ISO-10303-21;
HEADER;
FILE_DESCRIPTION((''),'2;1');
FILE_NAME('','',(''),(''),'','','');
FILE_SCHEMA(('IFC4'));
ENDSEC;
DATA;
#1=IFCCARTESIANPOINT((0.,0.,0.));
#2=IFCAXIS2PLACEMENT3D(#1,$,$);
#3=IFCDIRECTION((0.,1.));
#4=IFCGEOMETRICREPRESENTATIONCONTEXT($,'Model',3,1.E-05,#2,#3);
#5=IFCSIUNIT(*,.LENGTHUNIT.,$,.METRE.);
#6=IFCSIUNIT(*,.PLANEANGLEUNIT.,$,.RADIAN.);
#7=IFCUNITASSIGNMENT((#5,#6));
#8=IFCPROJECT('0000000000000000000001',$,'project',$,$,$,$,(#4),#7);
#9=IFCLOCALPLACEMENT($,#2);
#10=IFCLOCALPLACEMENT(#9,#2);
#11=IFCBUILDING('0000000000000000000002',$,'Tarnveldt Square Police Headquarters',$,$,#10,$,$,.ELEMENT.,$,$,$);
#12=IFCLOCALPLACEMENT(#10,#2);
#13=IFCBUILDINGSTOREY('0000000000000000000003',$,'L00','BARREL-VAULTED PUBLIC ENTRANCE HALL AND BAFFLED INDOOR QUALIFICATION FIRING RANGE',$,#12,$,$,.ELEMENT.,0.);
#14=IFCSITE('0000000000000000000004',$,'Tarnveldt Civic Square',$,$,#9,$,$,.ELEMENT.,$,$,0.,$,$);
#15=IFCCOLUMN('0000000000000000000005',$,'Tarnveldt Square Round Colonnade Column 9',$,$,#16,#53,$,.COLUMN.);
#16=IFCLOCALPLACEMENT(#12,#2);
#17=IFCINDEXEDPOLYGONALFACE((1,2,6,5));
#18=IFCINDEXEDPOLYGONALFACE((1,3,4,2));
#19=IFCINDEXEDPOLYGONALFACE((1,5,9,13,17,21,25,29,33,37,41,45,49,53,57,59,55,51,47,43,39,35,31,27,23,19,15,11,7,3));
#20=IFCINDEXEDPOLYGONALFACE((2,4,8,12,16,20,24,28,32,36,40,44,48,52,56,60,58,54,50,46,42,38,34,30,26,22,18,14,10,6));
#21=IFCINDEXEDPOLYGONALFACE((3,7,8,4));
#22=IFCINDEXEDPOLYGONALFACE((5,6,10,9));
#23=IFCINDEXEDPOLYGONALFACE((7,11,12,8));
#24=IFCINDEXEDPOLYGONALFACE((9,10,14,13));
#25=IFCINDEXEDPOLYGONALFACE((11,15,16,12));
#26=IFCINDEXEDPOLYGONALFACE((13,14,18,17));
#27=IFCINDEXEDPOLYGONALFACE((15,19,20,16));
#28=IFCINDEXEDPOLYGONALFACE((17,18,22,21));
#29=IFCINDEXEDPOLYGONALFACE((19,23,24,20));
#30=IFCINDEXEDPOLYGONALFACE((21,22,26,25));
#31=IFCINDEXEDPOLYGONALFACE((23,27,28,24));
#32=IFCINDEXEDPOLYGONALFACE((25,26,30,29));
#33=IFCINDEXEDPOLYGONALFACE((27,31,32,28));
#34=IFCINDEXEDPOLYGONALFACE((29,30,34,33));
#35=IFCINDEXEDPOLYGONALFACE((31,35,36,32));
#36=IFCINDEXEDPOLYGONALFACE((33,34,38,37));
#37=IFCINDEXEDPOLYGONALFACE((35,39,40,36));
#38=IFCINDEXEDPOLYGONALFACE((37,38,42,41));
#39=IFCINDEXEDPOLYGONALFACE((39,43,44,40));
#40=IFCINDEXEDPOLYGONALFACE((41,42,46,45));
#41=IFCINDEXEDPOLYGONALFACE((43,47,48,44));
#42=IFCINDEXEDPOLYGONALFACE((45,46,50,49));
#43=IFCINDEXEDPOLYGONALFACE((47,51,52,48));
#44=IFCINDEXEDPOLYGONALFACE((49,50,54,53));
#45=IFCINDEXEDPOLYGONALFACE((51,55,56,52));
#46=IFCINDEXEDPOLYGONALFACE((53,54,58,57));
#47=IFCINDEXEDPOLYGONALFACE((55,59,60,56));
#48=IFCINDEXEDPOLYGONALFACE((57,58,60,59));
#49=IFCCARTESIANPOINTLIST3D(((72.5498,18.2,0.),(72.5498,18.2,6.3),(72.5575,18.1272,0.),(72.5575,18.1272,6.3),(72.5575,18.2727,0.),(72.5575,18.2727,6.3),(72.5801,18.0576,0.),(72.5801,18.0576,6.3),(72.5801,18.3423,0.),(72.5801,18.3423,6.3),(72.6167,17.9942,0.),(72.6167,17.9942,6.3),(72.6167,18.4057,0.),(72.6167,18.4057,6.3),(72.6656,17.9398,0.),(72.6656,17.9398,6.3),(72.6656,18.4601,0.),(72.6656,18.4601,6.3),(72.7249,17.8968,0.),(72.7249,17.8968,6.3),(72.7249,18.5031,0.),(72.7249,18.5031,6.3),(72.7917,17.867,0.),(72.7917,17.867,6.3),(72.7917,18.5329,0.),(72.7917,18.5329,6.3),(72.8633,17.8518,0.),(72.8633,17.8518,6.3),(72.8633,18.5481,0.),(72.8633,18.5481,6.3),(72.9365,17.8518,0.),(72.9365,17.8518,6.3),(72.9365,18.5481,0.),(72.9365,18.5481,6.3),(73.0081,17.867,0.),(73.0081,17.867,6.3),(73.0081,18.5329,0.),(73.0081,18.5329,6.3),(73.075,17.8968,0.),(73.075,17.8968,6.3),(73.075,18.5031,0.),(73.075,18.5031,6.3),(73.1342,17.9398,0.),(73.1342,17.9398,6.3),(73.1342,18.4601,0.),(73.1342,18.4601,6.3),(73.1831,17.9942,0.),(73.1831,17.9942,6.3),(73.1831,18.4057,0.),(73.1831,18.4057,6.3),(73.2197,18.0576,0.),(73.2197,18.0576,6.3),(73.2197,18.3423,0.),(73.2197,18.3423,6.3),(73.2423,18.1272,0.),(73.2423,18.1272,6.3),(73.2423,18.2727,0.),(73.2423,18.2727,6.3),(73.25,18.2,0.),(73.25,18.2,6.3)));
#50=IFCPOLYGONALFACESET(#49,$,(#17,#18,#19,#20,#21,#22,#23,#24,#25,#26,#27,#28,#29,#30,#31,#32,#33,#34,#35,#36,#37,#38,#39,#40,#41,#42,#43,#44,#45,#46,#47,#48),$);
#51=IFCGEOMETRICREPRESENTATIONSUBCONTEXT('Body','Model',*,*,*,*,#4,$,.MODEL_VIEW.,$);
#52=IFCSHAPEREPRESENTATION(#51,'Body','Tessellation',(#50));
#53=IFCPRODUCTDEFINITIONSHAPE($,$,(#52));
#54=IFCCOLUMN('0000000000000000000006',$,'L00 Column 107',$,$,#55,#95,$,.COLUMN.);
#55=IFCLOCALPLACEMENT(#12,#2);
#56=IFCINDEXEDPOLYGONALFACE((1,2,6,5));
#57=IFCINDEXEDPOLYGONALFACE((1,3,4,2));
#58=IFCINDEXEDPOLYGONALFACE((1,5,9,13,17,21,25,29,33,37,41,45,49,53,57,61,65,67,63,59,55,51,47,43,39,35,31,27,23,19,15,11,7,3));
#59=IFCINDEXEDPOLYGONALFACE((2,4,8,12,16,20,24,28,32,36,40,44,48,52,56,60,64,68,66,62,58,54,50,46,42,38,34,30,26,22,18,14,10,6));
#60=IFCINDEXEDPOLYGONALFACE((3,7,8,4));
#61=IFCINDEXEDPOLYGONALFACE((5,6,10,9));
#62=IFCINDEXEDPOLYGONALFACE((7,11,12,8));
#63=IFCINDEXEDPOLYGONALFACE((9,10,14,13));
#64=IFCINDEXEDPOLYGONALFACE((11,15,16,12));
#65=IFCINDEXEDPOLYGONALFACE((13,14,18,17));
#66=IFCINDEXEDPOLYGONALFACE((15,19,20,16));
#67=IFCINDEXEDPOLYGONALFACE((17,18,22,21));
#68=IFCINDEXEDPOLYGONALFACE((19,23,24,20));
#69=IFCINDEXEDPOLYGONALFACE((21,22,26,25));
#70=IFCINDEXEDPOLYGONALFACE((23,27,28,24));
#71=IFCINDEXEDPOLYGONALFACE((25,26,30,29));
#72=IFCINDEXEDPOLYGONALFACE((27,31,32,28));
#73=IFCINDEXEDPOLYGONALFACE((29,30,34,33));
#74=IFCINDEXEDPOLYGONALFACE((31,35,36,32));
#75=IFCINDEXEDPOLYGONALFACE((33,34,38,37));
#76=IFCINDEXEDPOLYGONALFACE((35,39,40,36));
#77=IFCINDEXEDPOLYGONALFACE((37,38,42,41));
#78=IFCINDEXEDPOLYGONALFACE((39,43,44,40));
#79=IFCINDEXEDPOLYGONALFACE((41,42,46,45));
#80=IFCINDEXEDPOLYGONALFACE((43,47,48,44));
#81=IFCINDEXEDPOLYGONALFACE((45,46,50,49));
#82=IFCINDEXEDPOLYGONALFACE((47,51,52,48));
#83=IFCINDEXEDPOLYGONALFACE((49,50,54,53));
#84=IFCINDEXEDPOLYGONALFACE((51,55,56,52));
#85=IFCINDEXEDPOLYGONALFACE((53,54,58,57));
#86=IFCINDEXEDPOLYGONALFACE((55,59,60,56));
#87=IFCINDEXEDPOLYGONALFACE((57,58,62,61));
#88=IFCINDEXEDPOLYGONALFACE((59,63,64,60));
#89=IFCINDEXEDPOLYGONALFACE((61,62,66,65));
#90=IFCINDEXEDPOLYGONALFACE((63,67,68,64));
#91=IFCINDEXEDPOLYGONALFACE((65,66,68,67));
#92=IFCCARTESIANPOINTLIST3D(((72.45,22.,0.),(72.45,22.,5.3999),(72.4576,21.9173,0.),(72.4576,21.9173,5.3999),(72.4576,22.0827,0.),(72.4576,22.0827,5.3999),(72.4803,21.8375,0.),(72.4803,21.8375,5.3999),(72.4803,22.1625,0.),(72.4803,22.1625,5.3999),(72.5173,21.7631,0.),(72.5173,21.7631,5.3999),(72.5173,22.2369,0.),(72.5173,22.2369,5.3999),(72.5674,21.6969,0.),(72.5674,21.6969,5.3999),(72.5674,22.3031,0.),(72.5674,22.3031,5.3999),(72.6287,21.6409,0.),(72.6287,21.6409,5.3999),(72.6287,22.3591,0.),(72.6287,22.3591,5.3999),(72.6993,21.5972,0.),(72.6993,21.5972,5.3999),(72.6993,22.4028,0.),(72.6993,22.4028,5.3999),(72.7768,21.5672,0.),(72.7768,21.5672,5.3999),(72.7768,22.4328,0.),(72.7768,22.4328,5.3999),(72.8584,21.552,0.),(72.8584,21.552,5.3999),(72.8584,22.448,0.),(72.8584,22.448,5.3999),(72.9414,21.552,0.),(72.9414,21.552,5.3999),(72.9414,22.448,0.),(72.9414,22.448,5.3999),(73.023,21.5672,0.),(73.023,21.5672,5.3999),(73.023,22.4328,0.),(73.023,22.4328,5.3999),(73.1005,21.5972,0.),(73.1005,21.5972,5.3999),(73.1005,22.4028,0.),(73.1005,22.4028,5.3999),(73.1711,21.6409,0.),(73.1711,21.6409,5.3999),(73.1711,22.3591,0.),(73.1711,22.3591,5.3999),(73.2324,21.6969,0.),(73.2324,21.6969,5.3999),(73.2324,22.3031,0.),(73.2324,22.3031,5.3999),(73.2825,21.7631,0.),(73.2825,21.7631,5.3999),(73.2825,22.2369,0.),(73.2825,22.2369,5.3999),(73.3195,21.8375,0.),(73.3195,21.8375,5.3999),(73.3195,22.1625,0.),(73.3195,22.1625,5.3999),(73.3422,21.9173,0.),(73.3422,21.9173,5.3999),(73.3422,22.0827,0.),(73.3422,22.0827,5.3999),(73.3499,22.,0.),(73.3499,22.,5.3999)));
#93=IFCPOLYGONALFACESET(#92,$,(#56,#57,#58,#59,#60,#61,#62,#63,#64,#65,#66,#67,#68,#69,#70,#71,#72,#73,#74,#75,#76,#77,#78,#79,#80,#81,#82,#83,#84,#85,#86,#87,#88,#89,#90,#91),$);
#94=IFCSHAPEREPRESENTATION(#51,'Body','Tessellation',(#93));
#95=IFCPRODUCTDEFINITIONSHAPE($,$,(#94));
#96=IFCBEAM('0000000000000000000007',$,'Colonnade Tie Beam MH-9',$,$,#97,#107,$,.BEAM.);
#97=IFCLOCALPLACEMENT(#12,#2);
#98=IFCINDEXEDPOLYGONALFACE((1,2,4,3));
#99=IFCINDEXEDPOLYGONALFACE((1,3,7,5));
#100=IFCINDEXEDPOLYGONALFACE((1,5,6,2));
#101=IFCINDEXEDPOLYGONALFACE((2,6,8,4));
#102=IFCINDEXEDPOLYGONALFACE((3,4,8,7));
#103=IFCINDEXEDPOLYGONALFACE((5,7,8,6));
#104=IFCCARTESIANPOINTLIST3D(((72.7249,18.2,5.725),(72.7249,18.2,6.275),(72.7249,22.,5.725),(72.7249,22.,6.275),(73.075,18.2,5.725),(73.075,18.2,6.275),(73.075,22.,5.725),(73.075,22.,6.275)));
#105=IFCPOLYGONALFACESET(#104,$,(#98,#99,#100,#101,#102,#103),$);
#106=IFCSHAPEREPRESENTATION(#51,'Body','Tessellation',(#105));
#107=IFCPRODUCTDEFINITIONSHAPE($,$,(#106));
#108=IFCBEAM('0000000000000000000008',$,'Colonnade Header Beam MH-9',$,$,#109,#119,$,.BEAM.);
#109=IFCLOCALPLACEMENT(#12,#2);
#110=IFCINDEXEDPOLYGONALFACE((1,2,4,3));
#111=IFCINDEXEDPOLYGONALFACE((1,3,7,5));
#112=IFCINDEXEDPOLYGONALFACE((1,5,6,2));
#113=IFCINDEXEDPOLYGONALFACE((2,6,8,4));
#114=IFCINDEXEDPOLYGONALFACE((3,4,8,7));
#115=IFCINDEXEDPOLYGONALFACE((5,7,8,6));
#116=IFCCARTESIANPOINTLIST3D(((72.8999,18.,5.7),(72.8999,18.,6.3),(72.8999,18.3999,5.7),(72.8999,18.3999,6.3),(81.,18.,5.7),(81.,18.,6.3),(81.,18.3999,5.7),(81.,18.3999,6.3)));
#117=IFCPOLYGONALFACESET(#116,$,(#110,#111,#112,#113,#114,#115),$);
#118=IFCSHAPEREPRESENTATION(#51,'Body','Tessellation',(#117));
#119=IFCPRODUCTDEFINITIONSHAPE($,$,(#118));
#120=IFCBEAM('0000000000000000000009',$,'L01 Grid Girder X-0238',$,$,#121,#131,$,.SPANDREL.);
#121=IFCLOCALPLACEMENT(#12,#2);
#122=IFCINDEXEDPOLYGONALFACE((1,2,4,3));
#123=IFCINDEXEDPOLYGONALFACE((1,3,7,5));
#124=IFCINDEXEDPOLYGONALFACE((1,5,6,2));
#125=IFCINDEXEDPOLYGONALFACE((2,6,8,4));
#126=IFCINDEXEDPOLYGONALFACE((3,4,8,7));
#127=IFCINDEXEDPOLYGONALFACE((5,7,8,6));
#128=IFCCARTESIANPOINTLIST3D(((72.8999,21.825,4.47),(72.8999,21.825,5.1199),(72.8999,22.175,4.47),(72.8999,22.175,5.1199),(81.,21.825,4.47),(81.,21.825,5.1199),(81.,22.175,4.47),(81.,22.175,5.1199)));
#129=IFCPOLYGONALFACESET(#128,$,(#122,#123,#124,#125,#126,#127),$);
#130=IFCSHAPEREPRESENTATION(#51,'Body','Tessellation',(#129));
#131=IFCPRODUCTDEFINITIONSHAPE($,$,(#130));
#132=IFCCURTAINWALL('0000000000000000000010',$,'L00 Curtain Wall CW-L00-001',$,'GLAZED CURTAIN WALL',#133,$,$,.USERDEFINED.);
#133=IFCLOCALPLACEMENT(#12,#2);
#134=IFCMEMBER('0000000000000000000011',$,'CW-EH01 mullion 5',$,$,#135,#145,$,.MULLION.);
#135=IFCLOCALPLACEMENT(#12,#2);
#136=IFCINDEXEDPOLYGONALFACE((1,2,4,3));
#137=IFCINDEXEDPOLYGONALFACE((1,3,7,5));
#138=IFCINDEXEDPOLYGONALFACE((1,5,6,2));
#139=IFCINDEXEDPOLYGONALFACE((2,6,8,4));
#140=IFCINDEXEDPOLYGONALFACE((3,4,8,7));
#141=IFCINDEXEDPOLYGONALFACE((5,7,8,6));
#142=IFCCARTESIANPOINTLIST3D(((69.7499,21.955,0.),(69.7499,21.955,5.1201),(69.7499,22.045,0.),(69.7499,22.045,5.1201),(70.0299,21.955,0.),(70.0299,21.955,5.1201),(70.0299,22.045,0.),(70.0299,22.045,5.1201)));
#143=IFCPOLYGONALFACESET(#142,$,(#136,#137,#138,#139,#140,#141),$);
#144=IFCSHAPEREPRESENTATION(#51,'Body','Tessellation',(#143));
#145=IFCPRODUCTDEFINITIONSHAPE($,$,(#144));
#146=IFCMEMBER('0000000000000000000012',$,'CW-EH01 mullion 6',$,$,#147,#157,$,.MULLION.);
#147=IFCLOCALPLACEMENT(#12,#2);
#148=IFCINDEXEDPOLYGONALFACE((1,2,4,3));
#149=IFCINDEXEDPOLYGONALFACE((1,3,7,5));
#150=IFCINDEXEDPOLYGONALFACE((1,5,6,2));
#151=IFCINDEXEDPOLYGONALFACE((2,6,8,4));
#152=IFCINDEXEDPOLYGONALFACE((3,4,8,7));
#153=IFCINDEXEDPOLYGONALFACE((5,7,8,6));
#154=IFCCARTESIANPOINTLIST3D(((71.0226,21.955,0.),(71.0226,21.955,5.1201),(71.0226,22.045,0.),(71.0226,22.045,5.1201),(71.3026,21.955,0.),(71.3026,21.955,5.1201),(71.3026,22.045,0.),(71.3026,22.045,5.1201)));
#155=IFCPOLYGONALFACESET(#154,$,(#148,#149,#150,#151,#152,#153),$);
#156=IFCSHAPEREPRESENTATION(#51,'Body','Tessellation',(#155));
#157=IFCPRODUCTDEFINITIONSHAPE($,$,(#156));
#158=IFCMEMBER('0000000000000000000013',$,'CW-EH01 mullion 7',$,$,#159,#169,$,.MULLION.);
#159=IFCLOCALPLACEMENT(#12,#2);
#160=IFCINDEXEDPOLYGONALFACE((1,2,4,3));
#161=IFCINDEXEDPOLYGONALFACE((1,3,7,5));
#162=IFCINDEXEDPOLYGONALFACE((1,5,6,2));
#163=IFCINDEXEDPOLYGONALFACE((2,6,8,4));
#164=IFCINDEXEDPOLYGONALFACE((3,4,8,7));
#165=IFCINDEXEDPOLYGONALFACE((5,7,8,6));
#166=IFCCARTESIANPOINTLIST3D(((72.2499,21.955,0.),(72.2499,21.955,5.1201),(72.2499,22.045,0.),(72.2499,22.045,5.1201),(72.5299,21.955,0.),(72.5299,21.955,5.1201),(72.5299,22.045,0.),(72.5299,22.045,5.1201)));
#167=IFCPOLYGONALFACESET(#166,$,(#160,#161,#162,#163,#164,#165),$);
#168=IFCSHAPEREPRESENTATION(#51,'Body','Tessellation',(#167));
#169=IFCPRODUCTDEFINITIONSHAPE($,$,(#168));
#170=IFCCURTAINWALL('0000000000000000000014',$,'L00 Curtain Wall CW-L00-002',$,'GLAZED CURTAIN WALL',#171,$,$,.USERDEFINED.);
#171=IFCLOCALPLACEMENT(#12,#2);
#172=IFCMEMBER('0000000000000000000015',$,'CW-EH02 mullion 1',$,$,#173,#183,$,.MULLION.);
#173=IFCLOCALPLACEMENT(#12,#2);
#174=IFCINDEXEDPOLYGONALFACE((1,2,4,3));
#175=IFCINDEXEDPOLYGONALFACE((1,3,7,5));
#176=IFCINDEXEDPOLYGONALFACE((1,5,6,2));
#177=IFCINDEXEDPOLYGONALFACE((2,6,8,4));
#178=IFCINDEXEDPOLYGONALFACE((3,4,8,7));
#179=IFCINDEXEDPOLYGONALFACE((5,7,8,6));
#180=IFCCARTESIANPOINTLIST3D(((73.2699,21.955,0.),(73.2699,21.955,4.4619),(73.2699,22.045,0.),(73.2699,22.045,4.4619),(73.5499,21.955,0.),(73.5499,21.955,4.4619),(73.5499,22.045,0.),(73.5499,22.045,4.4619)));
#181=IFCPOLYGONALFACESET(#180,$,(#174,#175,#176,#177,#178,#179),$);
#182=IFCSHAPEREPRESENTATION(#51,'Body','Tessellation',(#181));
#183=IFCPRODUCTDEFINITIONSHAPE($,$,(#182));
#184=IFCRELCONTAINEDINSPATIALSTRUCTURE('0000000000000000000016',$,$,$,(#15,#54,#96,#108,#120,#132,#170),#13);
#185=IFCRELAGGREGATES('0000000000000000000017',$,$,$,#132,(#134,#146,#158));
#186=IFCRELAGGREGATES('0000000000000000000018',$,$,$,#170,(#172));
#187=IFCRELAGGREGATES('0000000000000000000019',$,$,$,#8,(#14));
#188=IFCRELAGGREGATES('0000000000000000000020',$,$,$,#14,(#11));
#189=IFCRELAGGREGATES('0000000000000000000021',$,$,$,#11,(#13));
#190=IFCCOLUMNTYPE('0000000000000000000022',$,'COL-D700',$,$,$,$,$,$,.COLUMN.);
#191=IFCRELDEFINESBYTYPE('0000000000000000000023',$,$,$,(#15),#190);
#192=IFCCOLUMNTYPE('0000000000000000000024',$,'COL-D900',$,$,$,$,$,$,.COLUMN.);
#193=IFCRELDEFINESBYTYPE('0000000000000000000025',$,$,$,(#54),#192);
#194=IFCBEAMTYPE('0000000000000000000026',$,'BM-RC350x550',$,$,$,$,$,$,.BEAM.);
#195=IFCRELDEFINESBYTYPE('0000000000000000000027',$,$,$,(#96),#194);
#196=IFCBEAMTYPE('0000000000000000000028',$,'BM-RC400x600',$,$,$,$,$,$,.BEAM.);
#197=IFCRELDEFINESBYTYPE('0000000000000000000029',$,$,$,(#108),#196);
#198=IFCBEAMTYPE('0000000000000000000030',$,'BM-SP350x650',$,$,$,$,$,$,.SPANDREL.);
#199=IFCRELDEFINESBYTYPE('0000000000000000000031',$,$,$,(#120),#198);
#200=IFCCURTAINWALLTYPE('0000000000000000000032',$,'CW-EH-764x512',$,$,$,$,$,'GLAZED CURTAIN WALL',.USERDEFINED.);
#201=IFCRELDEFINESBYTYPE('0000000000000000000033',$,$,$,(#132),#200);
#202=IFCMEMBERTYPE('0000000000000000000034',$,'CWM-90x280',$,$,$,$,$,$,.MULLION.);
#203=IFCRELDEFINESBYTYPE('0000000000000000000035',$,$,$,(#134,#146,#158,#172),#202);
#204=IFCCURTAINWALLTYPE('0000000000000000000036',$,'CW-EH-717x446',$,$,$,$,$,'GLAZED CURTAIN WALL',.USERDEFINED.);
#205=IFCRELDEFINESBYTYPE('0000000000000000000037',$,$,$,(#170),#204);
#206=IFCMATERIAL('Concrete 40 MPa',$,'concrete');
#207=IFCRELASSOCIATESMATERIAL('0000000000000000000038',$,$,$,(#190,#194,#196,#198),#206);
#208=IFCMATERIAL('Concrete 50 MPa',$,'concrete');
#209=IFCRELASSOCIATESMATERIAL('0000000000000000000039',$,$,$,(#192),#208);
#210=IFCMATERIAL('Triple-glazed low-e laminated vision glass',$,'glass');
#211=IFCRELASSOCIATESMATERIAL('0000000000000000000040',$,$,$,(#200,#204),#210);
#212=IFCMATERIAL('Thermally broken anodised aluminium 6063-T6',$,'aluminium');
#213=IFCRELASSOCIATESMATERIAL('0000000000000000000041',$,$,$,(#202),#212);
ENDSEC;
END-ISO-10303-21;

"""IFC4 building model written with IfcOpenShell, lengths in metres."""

from ifc_helpers import new_model, si_unit, direction, frame, origin, origin_2d, place, context, subcontext, project, spatial, rectangle, circle, extrude, material, material_profile, profile_set, type_object, element, aggregate, save


model = new_model("IFC4")

# Units and contexts
model_context = context("Model", 3, precision=1e-05, world=origin(), true_north=direction((0.0, 1.0)))
body_context = subcontext(model_context, "Body", "Model", "MODEL_VIEW")
ifc_project = project(units=[si_unit("LENGTHUNIT", "METRE"), si_unit("PLANEANGLEUNIT", "RADIAN")], contexts=[model_context])

# Site, building, storey
site_placement = place(None, origin())
site = spatial("IfcSite", under=ifc_project, at=site_placement, Name="Tarnveldt Civic Square", CompositionType="ELEMENT", RefElevation=0.0)
building_placement = place(site_placement, origin())
building = spatial("IfcBuilding", under=site, at=building_placement, Name="Tarnveldt Square Police Headquarters", CompositionType="ELEMENT")
storey_placement = place(building_placement, origin())
storey = spatial("IfcBuildingStorey", under=building, at=storey_placement, Name="L00", Description="BARREL-VAULTED PUBLIC ENTRANCE HALL AND BAFFLED INDOOR QUALIFICATION FIRING RANGE", CompositionType="ELEMENT", Elevation=0.0)

# Columns
ifc_material_1 = material(Name="Concrete 40 MPa", Category="concrete")
ifc_material_profile_1 = material_profile(ifc_material_1, circle(Radius=0.3501, at=origin_2d()), Name="RC-D700")
ifc_profile_set_1 = profile_set([ifc_material_profile_1], Name="Concrete 40 MPa")
column_type_1 = type_object("IfcColumnType", Name="COL-D700", PredefinedType="COLUMN", material=ifc_profile_set_1)
column_1_placement = place(storey_placement, frame((72.8999, 18.2, 0.0), z_axis=(0.0, 0.0, 1.0), x_axis=(1.0, 0.0, 0.0)))
element("IfcColumn", 1, at=column_1_placement, inside=storey, type_object=column_type_1, Name="Tarnveldt Square Round Colonnade Column 9", PredefinedType="COLUMN", context=body_context, shape_type="SweptSolid", body=[
    extrude(circle(Radius=0.3501, at=origin_2d()), origin(), (0.0, 0.0, 1.0), 6.3),
])
ifc_material_2 = material(Name="Concrete 50 MPa", Category="concrete")
ifc_material_profile_2 = material_profile(ifc_material_2, circle(Radius=0.45, at=origin_2d()), Name="RC-D900")
ifc_profile_set_2 = profile_set([ifc_material_profile_2], Name="Concrete 50 MPa")
column_type_2 = type_object("IfcColumnType", Name="COL-D900", PredefinedType="COLUMN", material=ifc_profile_set_2)
column_2_placement = place(storey_placement, frame((72.8999, 22.0, 0.0), z_axis=(0.0, 0.0, 1.0), x_axis=(1.0, 0.0, 0.0)))
element("IfcColumn", 2, at=column_2_placement, inside=storey, type_object=column_type_2, Name="L00 Column 107", PredefinedType="COLUMN", context=body_context, shape_type="SweptSolid", body=[
    extrude(circle(Radius=0.45, at=origin_2d()), origin(), (0.0, 0.0, 1.0), 5.3999),
])

# Beams
ifc_material_profile_3 = material_profile(ifc_material_1, rectangle(XDim=0.3501, YDim=0.55, at=origin_2d()), Name="RC-B350x550")
ifc_profile_set_3 = profile_set([ifc_material_profile_3], Name="Concrete 40 MPa")
beam_type_1 = type_object("IfcBeamType", Name="BM-RC350x550", PredefinedType="BEAM", material=ifc_profile_set_3)
beam_1_placement = place(storey_placement, frame((72.8999, 18.2, 6.0), z_axis=(0.0, 1.0, 0.0), x_axis=(-1.0, 0.0, 0.0)))
element("IfcBeam", 3, at=beam_1_placement, inside=storey, type_object=beam_type_1, Name="Colonnade Tie Beam MH-9", PredefinedType="BEAM", context=body_context, shape_type="SweptSolid", body=[
    extrude(rectangle(XDim=0.3501, YDim=0.55, at=origin_2d()), origin(), (0.0, 0.0, 1.0), 3.8),
])
ifc_material_profile_4 = material_profile(ifc_material_1, rectangle(XDim=0.3999, YDim=0.6001, at=origin_2d()), Name="RC-B400x600")
ifc_profile_set_4 = profile_set([ifc_material_profile_4], Name="Concrete 40 MPa")
beam_type_2 = type_object("IfcBeamType", Name="BM-RC400x600", PredefinedType="BEAM", material=ifc_profile_set_4)
beam_2_placement = place(storey_placement, frame((72.8999, 18.2, 6.0), z_axis=(1.0, 0.0, 0.0), x_axis=(0.0, 1.0, 0.0)))
element("IfcBeam", 4, at=beam_2_placement, inside=storey, type_object=beam_type_2, Name="Colonnade Header Beam MH-9", PredefinedType="BEAM", context=body_context, shape_type="SweptSolid", body=[
    extrude(rectangle(XDim=0.3999, YDim=0.6001, at=origin_2d()), origin(), (0.0, 0.0, 1.0), 8.1001),
])
ifc_material_profile_5 = material_profile(ifc_material_1, rectangle(XDim=0.3501, YDim=0.6499, at=origin_2d()), Name="RC-SP350x650")
ifc_profile_set_5 = profile_set([ifc_material_profile_5], Name="Concrete 40 MPa")
beam_type_3 = type_object("IfcBeamType", Name="BM-SP350x650", PredefinedType="SPANDREL", material=ifc_profile_set_5)
beam_3_placement = place(storey_placement, frame((72.8999, 22.0, 4.7949), z_axis=(1.0, 0.0, 0.0), x_axis=(0.0, 1.0, 0.0)))
element("IfcBeam", 5, at=beam_3_placement, inside=storey, type_object=beam_type_3, Name="L01 Grid Girder X-0238", PredefinedType="SPANDREL", context=body_context, shape_type="SweptSolid", body=[
    extrude(rectangle(XDim=0.3501, YDim=0.6499, at=origin_2d()), origin(), (0.0, 0.0, 1.0), 8.1001),
])

# Curtain wall, members
ifc_material_3 = material(Name="Triple-glazed low-e laminated vision glass", Category="glass")
curtain_wall_type_1 = type_object("IfcCurtainWallType", Name="CW-EH-764x512", ElementType="GLAZED CURTAIN WALL", PredefinedType="USERDEFINED", material=ifc_material_3)
curtain_wall_1_placement = place(storey_placement, origin())
curtain_wall_1 = element("IfcCurtainWall", 6, at=curtain_wall_1_placement, inside=storey, type_object=curtain_wall_type_1, Name="L00 Curtain Wall CW-L00-001", ObjectType="GLAZED CURTAIN WALL", PredefinedType="USERDEFINED")
ifc_material_4 = material(Name="Thermally broken anodised aluminium 6063-T6", Category="aluminium")
ifc_material_profile_6 = material_profile(ifc_material_4, rectangle(XDim=0.0901, YDim=0.28, at=origin_2d()), Name="CW-M90x280")
ifc_profile_set_6 = profile_set([ifc_material_profile_6], Name="Thermally broken anodised aluminium 6063-T6")
member_type_1 = type_object("IfcMemberType", Name="CWM-90x280", PredefinedType="MULLION", material=ifc_profile_set_6)
member_1_placement = place(storey_placement, frame((69.8899, 22.0, 0.0), z_axis=(0.0, 0.0, 1.0), x_axis=(0.0, 1.0, 0.0)))
member_1 = element("IfcMember", 7, at=member_1_placement, type_object=member_type_1, Name="CW-EH01 mullion 5", PredefinedType="MULLION", context=body_context, shape_type="SweptSolid", body=[
    extrude(rectangle(XDim=0.0901, YDim=0.28, at=origin_2d()), origin(), (0.0, 0.0, 1.0), 5.1201),
])
member_2_placement = place(storey_placement, frame((71.1626, 22.0, 0.0), z_axis=(0.0, 0.0, 1.0), x_axis=(0.0, 1.0, 0.0)))
member_2 = element("IfcMember", 8, at=member_2_placement, type_object=member_type_1, Name="CW-EH01 mullion 6", PredefinedType="MULLION", context=body_context, shape_type="SweptSolid", body=[
    extrude(rectangle(XDim=0.0901, YDim=0.28, at=origin_2d()), origin(), (0.0, 0.0, 1.0), 5.1201),
])
member_3_placement = place(storey_placement, frame((72.3899, 22.0, 0.0), z_axis=(0.0, 0.0, 1.0), x_axis=(0.0, 1.0, 0.0)))
member_3 = element("IfcMember", 9, at=member_3_placement, type_object=member_type_1, Name="CW-EH01 mullion 7", PredefinedType="MULLION", context=body_context, shape_type="SweptSolid", body=[
    extrude(rectangle(XDim=0.0901, YDim=0.28, at=origin_2d()), origin(), (0.0, 0.0, 1.0), 5.1201),
])

# Curtain wall, member
curtain_wall_type_2 = type_object("IfcCurtainWallType", Name="CW-EH-717x446", ElementType="GLAZED CURTAIN WALL", PredefinedType="USERDEFINED", material=ifc_material_3)
curtain_wall_2_placement = place(storey_placement, origin())
curtain_wall_2 = element("IfcCurtainWall", 10, at=curtain_wall_2_placement, inside=storey, type_object=curtain_wall_type_2, Name="L00 Curtain Wall CW-L00-002", ObjectType="GLAZED CURTAIN WALL", PredefinedType="USERDEFINED")
member_4_placement = place(storey_placement, frame((73.4099, 22.0, 0.0), z_axis=(0.0, 0.0, 1.0), x_axis=(0.0, 1.0, 0.0)))
member_4 = element("IfcMember", 11, at=member_4_placement, type_object=member_type_1, Name="CW-EH02 mullion 1", PredefinedType="MULLION", context=body_context, shape_type="SweptSolid", body=[
    extrude(rectangle(XDim=0.0901, YDim=0.28, at=origin_2d()), origin(), (0.0, 0.0, 1.0), 4.4619),
])

aggregate(curtain_wall_1, [member_1, member_2, member_3])
aggregate(curtain_wall_2, [member_4])

save(model, "model.ifc")
